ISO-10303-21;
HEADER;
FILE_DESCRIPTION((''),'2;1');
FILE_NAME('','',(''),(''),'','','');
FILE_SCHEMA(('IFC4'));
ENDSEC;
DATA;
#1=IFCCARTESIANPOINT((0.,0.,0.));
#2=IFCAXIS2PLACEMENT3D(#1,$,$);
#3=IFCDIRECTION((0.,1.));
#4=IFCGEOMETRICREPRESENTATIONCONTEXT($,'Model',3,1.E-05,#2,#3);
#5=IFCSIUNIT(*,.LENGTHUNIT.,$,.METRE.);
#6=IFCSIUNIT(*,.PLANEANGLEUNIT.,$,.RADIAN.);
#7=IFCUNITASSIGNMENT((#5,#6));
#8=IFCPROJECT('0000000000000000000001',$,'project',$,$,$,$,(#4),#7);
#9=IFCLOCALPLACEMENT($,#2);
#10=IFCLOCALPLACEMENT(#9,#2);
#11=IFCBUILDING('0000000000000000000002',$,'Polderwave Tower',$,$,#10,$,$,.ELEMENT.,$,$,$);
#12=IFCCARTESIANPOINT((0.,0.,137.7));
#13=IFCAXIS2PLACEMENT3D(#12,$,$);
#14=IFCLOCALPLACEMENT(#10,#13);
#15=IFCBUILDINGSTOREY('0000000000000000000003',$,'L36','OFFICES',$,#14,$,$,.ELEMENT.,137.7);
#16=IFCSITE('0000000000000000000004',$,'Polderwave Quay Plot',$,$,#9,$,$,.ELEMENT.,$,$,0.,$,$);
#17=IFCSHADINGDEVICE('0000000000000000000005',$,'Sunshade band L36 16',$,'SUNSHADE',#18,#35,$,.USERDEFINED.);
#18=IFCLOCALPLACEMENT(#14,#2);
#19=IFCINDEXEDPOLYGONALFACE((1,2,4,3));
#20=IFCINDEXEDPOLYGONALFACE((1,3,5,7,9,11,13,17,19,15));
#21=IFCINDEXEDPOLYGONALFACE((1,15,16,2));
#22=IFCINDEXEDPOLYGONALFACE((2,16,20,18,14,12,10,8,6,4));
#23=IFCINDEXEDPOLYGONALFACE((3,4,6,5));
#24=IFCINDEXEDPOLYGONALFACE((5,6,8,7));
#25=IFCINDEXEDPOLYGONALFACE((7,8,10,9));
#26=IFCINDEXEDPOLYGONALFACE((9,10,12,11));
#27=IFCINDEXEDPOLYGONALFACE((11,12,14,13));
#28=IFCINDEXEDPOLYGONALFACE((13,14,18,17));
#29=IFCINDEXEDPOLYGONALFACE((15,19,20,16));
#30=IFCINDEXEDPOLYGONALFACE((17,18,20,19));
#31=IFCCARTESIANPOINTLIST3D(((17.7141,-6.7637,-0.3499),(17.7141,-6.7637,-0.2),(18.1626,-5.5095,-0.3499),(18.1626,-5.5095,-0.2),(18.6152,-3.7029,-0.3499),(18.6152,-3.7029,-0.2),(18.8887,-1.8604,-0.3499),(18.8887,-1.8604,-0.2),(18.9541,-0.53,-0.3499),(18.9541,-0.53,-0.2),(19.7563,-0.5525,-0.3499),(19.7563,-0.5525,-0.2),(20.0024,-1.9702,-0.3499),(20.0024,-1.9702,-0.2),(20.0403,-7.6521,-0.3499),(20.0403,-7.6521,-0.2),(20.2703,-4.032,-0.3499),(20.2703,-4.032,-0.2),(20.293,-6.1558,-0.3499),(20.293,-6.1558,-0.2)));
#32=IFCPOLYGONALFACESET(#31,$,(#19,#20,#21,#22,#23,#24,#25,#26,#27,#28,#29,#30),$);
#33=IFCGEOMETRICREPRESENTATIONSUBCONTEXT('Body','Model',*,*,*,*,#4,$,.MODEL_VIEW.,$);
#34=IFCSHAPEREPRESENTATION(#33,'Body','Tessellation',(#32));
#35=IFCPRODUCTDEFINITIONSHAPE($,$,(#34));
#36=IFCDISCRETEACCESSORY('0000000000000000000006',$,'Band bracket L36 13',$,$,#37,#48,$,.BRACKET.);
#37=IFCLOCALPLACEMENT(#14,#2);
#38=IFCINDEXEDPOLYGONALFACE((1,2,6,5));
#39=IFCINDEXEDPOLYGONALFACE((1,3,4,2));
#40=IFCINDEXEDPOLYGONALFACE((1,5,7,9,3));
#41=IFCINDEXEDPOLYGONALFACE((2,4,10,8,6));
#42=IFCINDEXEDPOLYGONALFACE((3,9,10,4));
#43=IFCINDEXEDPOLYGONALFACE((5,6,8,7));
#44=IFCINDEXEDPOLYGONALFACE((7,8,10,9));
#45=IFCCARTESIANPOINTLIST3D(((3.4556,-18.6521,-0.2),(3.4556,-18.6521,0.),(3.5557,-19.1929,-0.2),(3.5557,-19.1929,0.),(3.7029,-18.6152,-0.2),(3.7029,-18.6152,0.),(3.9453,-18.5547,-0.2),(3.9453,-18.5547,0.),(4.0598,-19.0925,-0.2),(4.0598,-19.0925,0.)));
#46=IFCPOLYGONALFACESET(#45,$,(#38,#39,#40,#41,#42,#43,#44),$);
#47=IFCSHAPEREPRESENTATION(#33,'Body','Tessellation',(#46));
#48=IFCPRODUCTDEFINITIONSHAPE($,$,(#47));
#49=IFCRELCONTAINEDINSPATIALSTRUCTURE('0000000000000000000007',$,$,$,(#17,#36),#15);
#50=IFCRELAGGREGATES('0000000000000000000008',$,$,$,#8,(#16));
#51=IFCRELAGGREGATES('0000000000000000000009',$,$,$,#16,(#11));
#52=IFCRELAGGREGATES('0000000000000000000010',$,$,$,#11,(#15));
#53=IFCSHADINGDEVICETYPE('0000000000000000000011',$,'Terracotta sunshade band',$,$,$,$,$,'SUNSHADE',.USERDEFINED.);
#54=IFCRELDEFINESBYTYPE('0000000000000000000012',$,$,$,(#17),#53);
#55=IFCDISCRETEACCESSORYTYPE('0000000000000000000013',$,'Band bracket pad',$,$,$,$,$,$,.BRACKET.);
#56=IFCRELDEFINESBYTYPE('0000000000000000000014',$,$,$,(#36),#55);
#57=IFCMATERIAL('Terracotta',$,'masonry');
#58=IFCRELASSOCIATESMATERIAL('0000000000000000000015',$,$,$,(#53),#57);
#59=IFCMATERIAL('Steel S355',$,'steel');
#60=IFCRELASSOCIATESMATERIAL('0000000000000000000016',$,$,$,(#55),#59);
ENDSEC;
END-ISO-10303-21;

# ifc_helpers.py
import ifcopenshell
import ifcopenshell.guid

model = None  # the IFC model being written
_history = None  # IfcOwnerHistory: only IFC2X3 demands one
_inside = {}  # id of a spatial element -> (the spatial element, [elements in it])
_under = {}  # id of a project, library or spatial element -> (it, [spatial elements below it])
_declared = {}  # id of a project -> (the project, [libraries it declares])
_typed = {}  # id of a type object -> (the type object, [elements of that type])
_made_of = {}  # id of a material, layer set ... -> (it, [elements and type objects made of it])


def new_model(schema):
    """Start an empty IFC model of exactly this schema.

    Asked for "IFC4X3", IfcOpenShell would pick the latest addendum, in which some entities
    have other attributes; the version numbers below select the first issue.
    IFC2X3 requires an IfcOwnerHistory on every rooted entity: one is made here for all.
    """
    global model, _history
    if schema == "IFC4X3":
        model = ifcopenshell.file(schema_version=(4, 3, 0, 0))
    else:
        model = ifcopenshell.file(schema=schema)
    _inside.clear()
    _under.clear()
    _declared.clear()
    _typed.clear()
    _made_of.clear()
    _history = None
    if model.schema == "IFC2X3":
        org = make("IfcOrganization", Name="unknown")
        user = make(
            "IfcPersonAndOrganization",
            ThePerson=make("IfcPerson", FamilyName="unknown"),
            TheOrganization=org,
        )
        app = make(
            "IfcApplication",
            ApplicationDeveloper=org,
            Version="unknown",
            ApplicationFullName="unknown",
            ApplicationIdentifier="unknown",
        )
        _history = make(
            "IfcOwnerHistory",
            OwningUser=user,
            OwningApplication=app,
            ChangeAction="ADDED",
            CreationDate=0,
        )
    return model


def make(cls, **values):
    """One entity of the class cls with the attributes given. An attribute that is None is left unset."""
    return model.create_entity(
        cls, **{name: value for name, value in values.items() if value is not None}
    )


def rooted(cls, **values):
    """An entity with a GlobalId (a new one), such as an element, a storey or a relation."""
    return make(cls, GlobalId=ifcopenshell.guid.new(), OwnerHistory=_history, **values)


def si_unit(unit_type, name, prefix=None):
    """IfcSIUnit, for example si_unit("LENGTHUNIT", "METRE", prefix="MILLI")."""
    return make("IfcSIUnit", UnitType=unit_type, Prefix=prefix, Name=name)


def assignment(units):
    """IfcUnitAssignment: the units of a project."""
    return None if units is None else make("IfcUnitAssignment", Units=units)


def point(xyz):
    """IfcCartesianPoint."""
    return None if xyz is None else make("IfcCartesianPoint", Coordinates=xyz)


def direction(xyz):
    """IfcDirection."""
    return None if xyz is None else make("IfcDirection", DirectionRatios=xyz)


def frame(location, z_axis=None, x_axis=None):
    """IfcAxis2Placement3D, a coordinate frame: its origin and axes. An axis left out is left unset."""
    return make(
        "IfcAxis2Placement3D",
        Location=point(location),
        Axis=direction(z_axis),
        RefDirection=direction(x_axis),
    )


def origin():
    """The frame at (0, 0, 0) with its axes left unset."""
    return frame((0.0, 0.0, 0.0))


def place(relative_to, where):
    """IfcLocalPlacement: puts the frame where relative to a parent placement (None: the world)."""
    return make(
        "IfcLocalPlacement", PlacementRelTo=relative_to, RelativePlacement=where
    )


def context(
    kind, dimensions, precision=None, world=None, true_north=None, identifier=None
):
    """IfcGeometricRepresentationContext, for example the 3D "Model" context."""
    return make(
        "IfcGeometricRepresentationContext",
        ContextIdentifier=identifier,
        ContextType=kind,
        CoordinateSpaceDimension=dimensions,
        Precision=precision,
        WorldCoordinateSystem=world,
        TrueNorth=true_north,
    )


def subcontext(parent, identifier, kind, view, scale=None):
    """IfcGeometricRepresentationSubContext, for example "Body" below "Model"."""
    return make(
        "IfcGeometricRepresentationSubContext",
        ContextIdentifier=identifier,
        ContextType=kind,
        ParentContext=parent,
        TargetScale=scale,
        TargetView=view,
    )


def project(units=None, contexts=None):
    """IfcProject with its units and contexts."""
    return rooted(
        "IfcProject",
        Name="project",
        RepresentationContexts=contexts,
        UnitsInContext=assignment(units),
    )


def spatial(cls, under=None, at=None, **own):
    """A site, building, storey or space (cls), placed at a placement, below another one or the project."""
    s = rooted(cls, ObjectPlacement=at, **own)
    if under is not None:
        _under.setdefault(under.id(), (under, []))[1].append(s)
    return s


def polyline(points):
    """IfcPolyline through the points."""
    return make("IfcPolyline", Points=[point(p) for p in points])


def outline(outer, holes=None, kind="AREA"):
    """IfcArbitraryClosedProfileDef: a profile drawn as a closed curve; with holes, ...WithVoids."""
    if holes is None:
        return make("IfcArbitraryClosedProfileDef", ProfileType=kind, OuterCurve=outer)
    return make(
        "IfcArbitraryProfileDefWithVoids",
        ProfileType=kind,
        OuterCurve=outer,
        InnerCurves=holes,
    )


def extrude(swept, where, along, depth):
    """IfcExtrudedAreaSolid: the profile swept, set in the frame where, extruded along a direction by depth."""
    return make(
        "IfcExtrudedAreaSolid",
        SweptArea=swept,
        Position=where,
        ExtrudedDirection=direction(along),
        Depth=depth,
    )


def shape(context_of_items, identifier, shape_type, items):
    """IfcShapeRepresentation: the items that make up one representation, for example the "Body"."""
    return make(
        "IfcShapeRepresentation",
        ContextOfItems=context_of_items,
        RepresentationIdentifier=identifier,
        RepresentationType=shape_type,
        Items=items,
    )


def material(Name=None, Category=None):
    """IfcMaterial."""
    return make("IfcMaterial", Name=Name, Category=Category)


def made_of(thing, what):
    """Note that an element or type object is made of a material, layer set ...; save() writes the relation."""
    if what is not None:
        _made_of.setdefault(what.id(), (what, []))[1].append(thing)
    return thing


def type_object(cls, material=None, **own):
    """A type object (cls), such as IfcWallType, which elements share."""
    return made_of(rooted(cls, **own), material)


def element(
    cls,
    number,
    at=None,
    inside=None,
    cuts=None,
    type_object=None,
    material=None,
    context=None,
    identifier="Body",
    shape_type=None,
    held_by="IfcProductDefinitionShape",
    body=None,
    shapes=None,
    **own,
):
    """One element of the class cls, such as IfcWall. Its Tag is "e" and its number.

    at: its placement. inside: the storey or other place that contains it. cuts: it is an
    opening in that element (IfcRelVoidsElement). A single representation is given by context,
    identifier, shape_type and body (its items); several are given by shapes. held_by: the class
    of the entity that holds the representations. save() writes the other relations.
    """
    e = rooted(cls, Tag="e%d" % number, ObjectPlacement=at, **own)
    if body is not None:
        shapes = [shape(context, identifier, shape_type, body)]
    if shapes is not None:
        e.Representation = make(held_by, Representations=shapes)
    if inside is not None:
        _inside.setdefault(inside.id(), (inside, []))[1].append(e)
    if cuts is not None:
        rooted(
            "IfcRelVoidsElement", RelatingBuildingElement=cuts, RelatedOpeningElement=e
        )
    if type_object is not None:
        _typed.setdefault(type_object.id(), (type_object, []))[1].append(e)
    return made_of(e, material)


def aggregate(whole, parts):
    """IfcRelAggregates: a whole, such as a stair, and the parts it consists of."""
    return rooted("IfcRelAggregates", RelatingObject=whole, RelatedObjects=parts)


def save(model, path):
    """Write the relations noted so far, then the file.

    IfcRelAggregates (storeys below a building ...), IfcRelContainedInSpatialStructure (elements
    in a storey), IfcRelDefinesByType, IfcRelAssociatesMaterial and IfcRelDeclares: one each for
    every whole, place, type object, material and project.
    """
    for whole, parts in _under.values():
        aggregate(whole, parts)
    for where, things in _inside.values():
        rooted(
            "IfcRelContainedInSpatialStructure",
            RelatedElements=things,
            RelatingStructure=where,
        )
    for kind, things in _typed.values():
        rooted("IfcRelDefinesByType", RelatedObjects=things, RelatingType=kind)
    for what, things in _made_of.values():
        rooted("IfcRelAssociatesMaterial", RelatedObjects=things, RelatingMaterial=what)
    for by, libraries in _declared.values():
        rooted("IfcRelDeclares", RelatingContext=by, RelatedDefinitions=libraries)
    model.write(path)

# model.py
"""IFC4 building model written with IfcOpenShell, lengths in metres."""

from ifc_helpers import new_model, si_unit, direction, frame, origin, place, context, subcontext, project, spatial, polyline, outline, extrude, material, type_object, element, save


model = new_model("IFC4")

# Units and contexts
model_context = context("Model", 3, precision=1e-05, world=origin(), true_north=direction((0.0, 1.0)))
body_context = subcontext(model_context, "Body", "Model", "MODEL_VIEW")
ifc_project = project(units=[si_unit("LENGTHUNIT", "METRE"), si_unit("PLANEANGLEUNIT", "RADIAN")], contexts=[model_context])

# Site, building, storey
site_placement = place(None, origin())
site = spatial("IfcSite", under=ifc_project, at=site_placement, Name="Polderwave Quay Plot", CompositionType="ELEMENT", RefElevation=0.0)
building_placement = place(site_placement, origin())
building = spatial("IfcBuilding", under=site, at=building_placement, Name="Polderwave Tower", CompositionType="ELEMENT")
storey_placement = place(building_placement, frame((0.0, 0.0, 137.7)))
storey = spatial("IfcBuildingStorey", under=building, at=storey_placement, Name="L36", Description="OFFICES", CompositionType="ELEMENT", Elevation=137.7)

# Shading device
ifc_material_1 = material(Name="Terracotta", Category="masonry")
shading_device_type = type_object("IfcShadingDeviceType", Name="Terracotta sunshade band", ElementType="SUNSHADE", PredefinedType="USERDEFINED", material=ifc_material_1)
shading_device_1_placement = place(storey_placement, frame((0.0, 0.0, -0.3499)))
element("IfcShadingDevice", 1, at=shading_device_1_placement, inside=storey, type_object=shading_device_type, Name="Sunshade band L36 16", ObjectType="SUNSHADE", PredefinedType="USERDEFINED", context=body_context, shape_type="SweptSolid", body=[
    extrude(outline(polyline([(17.7141, -6.7637), (18.1626, -5.5095), (18.6152, -3.7029), (18.8887, -1.8604), (18.9541, -0.53), (19.7563, -0.5525), (20.0024, -1.9702), (20.2703, -4.032), (20.293, -6.1558), (20.0403, -7.6521), (17.7141, -6.7637)])), origin(), (0.0, 0.0, 1.0), 0.1499),
])

# Discrete accessory
ifc_material_2 = material(Name="Steel S355", Category="steel")
discrete_accessory_type = type_object("IfcDiscreteAccessoryType", Name="Band bracket pad", PredefinedType="BRACKET", material=ifc_material_2)
discrete_accessory_placement = place(storey_placement, frame((0.0, 0.0, -0.2)))
element("IfcDiscreteAccessory", 2, at=discrete_accessory_placement, inside=storey, type_object=discrete_accessory_type, Name="Band bracket L36 13", PredefinedType="BRACKET", context=body_context, shape_type="SweptSolid", body=[
    extrude(outline(polyline([(3.4556, -18.6521), (3.7029, -18.6152), (3.9453, -18.5547), (4.0598, -19.0925), (3.5557, -19.1929), (3.4556, -18.6521)])), origin(), (0.0, 0.0, 1.0), 0.2),
])

save(model, "model.ifc")
